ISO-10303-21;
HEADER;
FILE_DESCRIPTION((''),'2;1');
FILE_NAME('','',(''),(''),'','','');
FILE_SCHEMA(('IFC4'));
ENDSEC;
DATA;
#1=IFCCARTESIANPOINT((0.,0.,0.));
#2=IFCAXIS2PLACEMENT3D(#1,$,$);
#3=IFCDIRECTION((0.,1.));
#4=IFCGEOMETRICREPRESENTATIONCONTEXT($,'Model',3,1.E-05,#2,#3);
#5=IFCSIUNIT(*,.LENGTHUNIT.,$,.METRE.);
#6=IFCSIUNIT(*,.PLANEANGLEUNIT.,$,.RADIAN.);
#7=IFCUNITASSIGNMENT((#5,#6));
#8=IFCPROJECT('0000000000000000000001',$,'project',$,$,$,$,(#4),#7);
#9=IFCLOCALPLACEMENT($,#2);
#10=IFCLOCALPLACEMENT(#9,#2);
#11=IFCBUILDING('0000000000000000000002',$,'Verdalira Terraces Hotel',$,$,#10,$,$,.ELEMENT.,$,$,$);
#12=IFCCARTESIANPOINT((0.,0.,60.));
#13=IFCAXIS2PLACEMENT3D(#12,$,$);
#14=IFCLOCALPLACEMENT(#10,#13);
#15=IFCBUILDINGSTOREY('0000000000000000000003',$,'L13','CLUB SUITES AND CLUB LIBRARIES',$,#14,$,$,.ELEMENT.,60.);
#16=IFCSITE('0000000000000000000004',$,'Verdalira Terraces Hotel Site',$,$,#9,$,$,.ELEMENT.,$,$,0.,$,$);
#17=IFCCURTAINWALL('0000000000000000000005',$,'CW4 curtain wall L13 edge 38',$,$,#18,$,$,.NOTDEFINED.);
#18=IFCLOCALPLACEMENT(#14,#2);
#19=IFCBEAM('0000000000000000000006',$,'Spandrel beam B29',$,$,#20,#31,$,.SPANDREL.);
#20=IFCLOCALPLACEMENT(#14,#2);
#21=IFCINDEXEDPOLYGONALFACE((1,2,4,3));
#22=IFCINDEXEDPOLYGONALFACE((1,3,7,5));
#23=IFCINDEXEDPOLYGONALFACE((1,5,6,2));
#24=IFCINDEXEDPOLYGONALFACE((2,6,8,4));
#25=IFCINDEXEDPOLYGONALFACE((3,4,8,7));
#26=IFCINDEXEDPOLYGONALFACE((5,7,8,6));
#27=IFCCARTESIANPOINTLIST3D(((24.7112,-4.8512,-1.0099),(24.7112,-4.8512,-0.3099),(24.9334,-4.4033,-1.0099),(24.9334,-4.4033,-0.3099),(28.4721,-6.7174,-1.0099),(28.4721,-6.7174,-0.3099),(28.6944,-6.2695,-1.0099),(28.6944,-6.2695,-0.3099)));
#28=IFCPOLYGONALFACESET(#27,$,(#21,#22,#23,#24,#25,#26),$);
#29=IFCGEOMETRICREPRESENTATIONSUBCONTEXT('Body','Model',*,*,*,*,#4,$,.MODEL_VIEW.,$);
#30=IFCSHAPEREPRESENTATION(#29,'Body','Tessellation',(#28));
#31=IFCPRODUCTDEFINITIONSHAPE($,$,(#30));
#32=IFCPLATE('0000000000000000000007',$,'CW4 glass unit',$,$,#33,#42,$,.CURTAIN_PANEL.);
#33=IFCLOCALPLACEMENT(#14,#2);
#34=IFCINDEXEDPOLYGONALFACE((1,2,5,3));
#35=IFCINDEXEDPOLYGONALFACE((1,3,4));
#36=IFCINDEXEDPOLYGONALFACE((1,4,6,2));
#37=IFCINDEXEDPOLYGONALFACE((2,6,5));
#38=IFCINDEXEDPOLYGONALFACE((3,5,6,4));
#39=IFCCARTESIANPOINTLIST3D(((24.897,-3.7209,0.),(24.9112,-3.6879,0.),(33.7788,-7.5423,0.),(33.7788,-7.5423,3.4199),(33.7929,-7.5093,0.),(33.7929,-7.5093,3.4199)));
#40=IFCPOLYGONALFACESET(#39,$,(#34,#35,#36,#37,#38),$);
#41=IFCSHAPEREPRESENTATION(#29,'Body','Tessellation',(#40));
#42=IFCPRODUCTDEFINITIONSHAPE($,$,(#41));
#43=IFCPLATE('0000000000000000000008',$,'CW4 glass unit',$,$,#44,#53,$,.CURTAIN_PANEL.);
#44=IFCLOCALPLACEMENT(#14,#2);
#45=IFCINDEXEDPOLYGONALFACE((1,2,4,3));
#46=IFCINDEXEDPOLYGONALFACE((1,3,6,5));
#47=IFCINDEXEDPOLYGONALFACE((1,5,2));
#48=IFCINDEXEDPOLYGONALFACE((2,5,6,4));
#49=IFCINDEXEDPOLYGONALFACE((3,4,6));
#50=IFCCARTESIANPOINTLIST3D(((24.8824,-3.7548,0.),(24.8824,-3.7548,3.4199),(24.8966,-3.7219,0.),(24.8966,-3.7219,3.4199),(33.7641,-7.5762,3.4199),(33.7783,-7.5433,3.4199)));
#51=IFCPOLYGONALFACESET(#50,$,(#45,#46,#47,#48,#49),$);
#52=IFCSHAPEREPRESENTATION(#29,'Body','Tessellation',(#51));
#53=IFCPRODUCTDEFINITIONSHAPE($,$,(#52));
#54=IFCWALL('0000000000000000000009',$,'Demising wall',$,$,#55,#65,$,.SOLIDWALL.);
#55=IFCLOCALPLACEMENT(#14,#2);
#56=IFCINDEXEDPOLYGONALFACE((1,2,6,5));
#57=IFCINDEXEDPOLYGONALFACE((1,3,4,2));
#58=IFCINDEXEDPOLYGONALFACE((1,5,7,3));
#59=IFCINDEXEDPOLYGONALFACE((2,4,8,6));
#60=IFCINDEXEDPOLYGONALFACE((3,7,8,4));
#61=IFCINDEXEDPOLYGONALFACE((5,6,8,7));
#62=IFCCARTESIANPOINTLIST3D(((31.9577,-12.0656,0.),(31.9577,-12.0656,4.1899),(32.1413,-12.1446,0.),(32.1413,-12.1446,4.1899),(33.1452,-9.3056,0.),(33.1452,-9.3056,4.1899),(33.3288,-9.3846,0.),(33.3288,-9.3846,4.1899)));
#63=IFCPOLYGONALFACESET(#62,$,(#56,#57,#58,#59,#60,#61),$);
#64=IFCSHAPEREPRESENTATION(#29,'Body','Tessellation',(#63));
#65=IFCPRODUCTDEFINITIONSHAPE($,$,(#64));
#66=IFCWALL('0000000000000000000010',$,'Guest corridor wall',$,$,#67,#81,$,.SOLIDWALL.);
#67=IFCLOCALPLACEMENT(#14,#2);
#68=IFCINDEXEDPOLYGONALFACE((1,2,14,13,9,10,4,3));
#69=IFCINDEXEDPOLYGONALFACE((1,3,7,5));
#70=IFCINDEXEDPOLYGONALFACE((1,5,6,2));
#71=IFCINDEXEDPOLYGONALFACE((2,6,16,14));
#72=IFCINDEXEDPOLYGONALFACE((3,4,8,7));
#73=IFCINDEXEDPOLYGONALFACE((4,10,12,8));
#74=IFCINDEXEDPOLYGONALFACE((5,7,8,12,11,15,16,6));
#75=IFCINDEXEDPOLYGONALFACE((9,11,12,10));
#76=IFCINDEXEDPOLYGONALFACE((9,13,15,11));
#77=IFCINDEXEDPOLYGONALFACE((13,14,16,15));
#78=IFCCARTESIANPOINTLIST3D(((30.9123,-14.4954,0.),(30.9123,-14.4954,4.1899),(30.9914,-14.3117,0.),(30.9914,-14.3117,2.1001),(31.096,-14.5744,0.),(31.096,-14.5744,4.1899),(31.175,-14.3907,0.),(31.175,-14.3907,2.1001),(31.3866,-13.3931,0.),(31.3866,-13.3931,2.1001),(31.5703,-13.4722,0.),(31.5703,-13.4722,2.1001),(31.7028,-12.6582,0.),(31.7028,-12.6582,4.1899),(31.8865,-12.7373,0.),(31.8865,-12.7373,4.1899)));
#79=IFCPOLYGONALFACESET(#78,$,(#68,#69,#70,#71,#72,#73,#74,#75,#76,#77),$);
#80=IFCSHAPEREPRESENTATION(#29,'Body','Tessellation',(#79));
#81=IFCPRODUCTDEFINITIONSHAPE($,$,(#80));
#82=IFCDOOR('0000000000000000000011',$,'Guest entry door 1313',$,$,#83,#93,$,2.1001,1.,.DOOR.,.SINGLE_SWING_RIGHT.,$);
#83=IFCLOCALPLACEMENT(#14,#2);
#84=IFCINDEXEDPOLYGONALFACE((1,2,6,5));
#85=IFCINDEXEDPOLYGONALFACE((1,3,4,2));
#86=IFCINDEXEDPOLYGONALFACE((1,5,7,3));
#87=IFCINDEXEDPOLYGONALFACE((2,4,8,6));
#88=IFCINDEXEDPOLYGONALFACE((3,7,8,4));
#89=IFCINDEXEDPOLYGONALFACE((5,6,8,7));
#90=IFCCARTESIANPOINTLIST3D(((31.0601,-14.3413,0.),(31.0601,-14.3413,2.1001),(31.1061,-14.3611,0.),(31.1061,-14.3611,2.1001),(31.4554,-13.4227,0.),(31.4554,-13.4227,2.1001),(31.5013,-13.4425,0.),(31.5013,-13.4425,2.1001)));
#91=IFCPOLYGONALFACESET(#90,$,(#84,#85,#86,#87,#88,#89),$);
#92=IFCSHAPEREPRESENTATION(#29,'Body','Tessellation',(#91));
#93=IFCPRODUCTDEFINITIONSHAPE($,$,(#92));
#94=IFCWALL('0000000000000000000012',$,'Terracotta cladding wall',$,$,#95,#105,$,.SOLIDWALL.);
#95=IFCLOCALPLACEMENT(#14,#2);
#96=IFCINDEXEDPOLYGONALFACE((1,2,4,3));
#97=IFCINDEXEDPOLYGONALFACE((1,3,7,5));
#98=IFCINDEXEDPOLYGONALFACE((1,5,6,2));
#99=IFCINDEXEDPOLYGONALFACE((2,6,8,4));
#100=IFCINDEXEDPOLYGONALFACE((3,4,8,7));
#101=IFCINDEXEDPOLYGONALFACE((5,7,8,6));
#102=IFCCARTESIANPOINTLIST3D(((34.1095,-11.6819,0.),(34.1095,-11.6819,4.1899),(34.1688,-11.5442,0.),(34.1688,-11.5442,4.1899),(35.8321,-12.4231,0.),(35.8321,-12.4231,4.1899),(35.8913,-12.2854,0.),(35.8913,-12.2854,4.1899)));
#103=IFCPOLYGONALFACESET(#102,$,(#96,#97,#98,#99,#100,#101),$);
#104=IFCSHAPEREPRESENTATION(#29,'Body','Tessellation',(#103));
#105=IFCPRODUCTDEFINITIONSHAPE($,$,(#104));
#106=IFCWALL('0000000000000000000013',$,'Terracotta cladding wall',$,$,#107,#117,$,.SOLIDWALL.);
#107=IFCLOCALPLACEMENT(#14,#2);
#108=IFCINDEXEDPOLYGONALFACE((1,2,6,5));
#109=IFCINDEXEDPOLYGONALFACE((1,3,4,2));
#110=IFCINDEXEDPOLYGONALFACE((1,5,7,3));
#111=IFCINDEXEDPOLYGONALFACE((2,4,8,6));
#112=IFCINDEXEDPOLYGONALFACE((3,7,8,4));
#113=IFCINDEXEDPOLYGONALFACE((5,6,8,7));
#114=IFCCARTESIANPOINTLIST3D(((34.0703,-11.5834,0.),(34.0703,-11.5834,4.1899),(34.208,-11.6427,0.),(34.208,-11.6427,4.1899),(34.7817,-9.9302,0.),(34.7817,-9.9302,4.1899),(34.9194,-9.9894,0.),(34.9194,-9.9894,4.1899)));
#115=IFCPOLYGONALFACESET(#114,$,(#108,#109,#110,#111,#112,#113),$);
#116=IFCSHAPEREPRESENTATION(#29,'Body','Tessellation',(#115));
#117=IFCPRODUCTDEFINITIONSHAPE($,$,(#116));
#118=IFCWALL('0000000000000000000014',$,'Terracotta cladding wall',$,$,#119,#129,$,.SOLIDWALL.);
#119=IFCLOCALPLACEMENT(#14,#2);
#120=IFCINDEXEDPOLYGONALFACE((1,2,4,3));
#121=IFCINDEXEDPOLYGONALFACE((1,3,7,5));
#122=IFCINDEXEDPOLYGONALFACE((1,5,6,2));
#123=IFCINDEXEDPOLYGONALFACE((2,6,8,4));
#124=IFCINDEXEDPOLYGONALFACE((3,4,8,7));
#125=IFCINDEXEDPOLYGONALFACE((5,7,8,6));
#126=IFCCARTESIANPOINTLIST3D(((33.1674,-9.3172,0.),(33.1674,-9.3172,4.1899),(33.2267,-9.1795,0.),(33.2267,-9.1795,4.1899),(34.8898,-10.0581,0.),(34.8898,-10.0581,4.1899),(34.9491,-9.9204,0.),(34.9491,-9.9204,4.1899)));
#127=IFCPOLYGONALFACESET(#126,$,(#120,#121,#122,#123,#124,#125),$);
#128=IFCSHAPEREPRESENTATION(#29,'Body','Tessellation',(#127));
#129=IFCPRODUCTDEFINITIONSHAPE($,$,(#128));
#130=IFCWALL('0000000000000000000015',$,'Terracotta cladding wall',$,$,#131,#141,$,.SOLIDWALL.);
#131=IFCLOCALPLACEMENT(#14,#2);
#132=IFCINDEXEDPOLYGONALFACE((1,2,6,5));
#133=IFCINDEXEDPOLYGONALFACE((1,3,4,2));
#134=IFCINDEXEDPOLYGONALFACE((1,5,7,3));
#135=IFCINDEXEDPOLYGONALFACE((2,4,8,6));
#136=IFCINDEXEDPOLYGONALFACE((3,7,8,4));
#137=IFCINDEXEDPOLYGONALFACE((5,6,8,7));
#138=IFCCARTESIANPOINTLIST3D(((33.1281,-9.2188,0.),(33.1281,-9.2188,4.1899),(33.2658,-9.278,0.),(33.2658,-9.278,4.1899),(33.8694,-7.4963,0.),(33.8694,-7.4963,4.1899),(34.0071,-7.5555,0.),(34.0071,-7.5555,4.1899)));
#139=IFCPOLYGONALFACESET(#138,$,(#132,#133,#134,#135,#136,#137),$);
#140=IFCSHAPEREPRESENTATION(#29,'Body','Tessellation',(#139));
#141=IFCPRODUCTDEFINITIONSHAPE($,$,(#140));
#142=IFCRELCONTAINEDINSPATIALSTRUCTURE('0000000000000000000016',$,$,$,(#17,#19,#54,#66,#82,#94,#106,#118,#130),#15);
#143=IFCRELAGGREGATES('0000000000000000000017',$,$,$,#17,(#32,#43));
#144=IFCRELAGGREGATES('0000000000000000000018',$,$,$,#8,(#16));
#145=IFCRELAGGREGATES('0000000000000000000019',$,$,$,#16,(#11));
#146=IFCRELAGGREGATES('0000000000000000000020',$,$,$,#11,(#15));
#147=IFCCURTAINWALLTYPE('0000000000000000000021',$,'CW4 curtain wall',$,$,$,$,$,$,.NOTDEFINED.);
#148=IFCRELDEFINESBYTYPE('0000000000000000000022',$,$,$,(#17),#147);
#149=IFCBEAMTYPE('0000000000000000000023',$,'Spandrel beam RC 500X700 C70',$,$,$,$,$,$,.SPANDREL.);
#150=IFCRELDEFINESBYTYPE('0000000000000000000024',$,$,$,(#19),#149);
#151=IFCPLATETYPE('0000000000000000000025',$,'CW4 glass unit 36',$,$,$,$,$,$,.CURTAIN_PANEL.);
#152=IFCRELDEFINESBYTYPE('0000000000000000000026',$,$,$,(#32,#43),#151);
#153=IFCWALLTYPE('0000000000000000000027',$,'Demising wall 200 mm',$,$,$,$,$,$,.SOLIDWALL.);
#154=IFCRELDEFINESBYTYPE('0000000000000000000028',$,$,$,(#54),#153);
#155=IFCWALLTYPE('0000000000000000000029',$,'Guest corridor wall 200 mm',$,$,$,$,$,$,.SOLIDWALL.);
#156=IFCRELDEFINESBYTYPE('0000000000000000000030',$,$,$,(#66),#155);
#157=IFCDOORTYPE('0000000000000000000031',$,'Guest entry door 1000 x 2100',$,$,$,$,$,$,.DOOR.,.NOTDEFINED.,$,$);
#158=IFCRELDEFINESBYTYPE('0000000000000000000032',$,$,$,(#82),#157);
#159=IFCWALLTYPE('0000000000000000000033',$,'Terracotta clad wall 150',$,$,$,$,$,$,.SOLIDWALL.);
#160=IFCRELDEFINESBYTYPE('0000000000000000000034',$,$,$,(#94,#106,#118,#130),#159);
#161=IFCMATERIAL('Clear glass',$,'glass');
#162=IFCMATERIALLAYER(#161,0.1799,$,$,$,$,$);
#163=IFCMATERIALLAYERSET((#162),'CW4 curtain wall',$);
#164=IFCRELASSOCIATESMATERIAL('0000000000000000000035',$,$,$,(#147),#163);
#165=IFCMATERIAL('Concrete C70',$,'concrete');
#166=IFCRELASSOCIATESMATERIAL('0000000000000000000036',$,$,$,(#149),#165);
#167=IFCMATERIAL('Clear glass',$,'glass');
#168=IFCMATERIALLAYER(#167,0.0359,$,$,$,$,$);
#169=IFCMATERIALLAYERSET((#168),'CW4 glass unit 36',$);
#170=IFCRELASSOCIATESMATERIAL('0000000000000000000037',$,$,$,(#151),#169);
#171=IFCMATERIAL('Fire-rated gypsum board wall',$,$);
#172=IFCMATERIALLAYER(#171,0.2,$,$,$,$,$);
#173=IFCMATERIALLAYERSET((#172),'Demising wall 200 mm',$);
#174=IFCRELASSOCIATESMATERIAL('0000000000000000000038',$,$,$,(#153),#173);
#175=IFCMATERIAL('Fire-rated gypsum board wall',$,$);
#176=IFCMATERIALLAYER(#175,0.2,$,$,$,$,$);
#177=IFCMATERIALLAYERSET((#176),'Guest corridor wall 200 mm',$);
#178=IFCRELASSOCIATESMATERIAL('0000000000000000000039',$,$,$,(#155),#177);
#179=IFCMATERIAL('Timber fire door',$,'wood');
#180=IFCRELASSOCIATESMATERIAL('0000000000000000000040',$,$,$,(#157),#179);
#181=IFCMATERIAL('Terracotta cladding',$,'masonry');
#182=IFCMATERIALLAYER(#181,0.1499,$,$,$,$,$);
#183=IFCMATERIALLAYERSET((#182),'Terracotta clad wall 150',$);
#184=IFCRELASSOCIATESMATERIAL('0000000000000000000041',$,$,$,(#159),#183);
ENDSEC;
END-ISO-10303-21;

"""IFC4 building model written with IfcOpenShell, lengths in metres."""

from ifc_helpers import new_model, si_unit, direction, frame, frame_2d, origin, origin_2d, place, context, subcontext, project, spatial, polyline, rectangle, outline, extrude, material, layer, layer_set, material_profile, profile_set, type_object, element, fill, aggregate, save


model = new_model("IFC4")

# Units and contexts
model_context = context("Model", 3, precision=1e-05, world=origin(), true_north=direction((0.0, 1.0)))
body_context = subcontext(model_context, "Body", "Model", "MODEL_VIEW")
ifc_project = project(units=[si_unit("LENGTHUNIT", "METRE"), si_unit("PLANEANGLEUNIT", "RADIAN")], contexts=[model_context])

# Site, building, storey
site_placement = place(None, origin())
site = spatial("IfcSite", under=ifc_project, at=site_placement, Name="Verdalira Terraces Hotel Site", CompositionType="ELEMENT", RefElevation=0.0)
building_placement = place(site_placement, origin())
building = spatial("IfcBuilding", under=site, at=building_placement, Name="Verdalira Terraces Hotel", CompositionType="ELEMENT")
storey_placement = place(building_placement, frame((0.0, 0.0, 60.0)))
storey = spatial("IfcBuildingStorey", under=building, at=storey_placement, Name="L13", Description="CLUB SUITES AND CLUB LIBRARIES", CompositionType="ELEMENT", Elevation=60.0)

# Shared definitions
ifc_material_1 = material(Name="Clear glass", Category="glass")
ifc_layer_1 = layer(ifc_material_1, 0.1799)
ifc_layer_set_1 = layer_set([ifc_layer_1], Name="CW4 curtain wall")
curtain_wall_type = type_object("IfcCurtainWallType", Name="CW4 curtain wall", PredefinedType="NOTDEFINED", material=ifc_layer_set_1)

# Curtain wall
curtain_wall_1_placement = place(storey_placement, origin())
curtain_wall_1 = element("IfcCurtainWall", 1, at=curtain_wall_1_placement, inside=storey, type_object=curtain_wall_type, Name="CW4 curtain wall L13 edge 38", PredefinedType="NOTDEFINED")

# Beam
ifc_material_2 = material(Name="Concrete C70", Category="concrete")
ifc_material_profile_1 = material_profile(ifc_material_2, rectangle(XDim=0.5, YDim=0.7, at=origin_2d()), Name="RC 500X700")
ifc_profile_set_1 = profile_set([ifc_material_profile_1], Name="Concrete C70")
beam_type = type_object("IfcBeamType", Name="Spandrel beam RC 500X700 C70", PredefinedType="SPANDREL", material=ifc_profile_set_1)
beam_1_placement = place(storey_placement, frame((28.5833, -6.4934, -0.6599), z_axis=(-0.895784, 0.44449, 0.0), x_axis=(-0.44449, -0.895784, 0.0)))
element("IfcBeam", 2, at=beam_1_placement, inside=storey, type_object=beam_type, Name="Spandrel beam B29", PredefinedType="SPANDREL", context=body_context, shape_type="SweptSolid", body=[
    extrude(rectangle(XDim=0.5, YDim=0.7, at=origin_2d()), origin(), (0.0, 0.0, 1.0), 4.1985),
])

# Plates
ifc_material_3 = material(Name="Clear glass", Category="glass")
ifc_layer_2 = layer(ifc_material_3, 0.0359)
ifc_layer_set_2 = layer_set([ifc_layer_2], Name="CW4 glass unit 36")
plate_type = type_object("IfcPlateType", Name="CW4 glass unit 36", PredefinedType="CURTAIN_PANEL", material=ifc_layer_set_2)
plate_1_placement = place(storey_placement, frame((29.3379, -5.6316, 1.71), z_axis=(0.395225, 0.918584, 0.0), x_axis=(-0.918584, 0.395225, 0.0)))
plate_1 = element("IfcPlate", 3, at=plate_1_placement, type_object=plate_type, Name="CW4 glass unit", PredefinedType="CURTAIN_PANEL", context=body_context, shape_type="SweptSolid", body=[
    extrude(outline(polyline([(-4.8345, -1.71), (4.8345, -1.71), (-4.8345, 1.71), (-4.8345, -1.71)])), origin(), (0.0, 0.0, 1.0), 0.0359),
])
plate_2_placement = place(storey_placement, frame((29.3232, -5.6655, 1.71), z_axis=(0.395225, 0.918584, 0.0), x_axis=(-0.918584, 0.395225, 0.0)))
plate_2 = element("IfcPlate", 4, at=plate_2_placement, type_object=plate_type, Name="CW4 glass unit", PredefinedType="CURTAIN_PANEL", context=body_context, shape_type="SweptSolid", body=[
    extrude(outline(polyline([(4.8345, -1.71), (4.8345, 1.71), (-4.8345, 1.71), (4.8345, -1.71)])), origin(), (0.0, 0.0, 1.0), 0.0359),
])
aggregate(curtain_wall_1, [plate_1, plate_2])

# Wall
ifc_material_4 = material(Name="Fire-rated gypsum board wall")
ifc_layer_3 = layer(ifc_material_4, 0.2)
ifc_layer_set_3 = layer_set([ifc_layer_3], Name="Demising wall 200 mm")
wall_type_1 = type_object("IfcWallType", Name="Demising wall 200 mm", PredefinedType="SOLIDWALL", material=ifc_layer_set_3)
wall_1_placement = place(storey_placement, frame((33.2371, -9.345, 0.0), z_axis=(0.0, 0.0, 1.0), x_axis=(-0.395223, -0.918585, 0.0)))
element("IfcWall", 5, at=wall_1_placement, inside=storey, type_object=wall_type_1, Name="Demising wall", PredefinedType="SOLIDWALL", context=body_context, shape_type="SweptSolid", body=[
    extrude(rectangle(XDim=3.0046, YDim=0.2, at=frame_2d((1.5024, 0.0))), origin(), (0.0, 0.0, 1.0), 4.1899),
])

# Wall, opening, door
ifc_material_5 = material(Name="Fire-rated gypsum board wall")
ifc_layer_4 = layer(ifc_material_5, 0.2)
ifc_layer_set_4 = layer_set([ifc_layer_4], Name="Guest corridor wall 200 mm")
wall_type_2 = type_object("IfcWallType", Name="Guest corridor wall 200 mm", PredefinedType="SOLIDWALL", material=ifc_layer_set_4)
wall_2_placement = place(storey_placement, frame((31.7947, -12.6978, 0.0), z_axis=(0.0, 0.0, 1.0), x_axis=(-0.39526, -0.918569, 0.0)))
wall_2 = element("IfcWall", 6, at=wall_2_placement, inside=storey, type_object=wall_type_2, Name="Guest corridor wall", PredefinedType="SOLIDWALL", context=body_context, shape_type="SweptSolid", body=[
    extrude(rectangle(XDim=2.0, YDim=0.2, at=frame_2d((1.0, 0.0))), origin(), (0.0, 0.0, 1.0), 4.1899),
])
opening_placement = place(wall_2_placement, frame((0.8, 0.0, 0.0)))
opening = element("IfcOpeningElement", 7, at=opening_placement, cuts=wall_2, PredefinedType="OPENING", context=body_context, shape_type="SweptSolid", body=[
    extrude(rectangle(XDim=1.0, YDim=2.1001, at=frame_2d((0.5, 1.05))), frame((0.0, 0.1099, 0.0), z_axis=(0.0, -1.0, 0.0), x_axis=(1.0, 0.0, 0.0)), (0.0, 0.0, 1.0), 0.22),
])
ifc_material_6 = material(Name="Timber fire door", Category="wood")
door_type = type_object("IfcDoorType", Name="Guest entry door 1000 x 2100", OperationType="NOTDEFINED", PredefinedType="DOOR", material=ifc_material_6)
door_placement = place(opening_placement, origin())
door = element("IfcDoor", 8, at=door_placement, inside=storey, type_object=door_type, Name="Guest entry door 1313", OperationType="SINGLE_SWING_RIGHT", OverallHeight=2.1001, OverallWidth=1.0, PredefinedType="DOOR", context=body_context, shape_type="SweptSolid", body=[
    extrude(rectangle(XDim=1.0, YDim=2.1001, at=frame_2d((0.5, 1.05))), frame((0.0, 0.0249, 0.0), z_axis=(0.0, -1.0, 0.0), x_axis=(1.0, 0.0, 0.0)), (0.0, 0.0, 1.0), 0.05),
])
fill(opening, door)

# Walls
ifc_material_7 = material(Name="Terracotta cladding", Category="masonry")
ifc_layer_5 = layer(ifc_material_7, 0.1499)
ifc_layer_set_5 = layer_set([ifc_layer_5], Name="Terracotta clad wall 150")
wall_type_3 = type_object("IfcWallType", Name="Terracotta clad wall 150", PredefinedType="SOLIDWALL", material=ifc_layer_set_5)
wall_3_placement = place(storey_placement, frame((35.8616, -12.3542, 0.0), z_axis=(0.0, 0.0, 1.0), x_axis=(-0.918558, 0.395286, 0.0)))
element("IfcWall", 9, at=wall_3_placement, inside=storey, type_object=wall_type_3, Name="Terracotta cladding wall", PredefinedType="SOLIDWALL", context=body_context, shape_type="SweptSolid", body=[
    extrude(rectangle(XDim=1.8752, YDim=0.1499, at=frame_2d((0.9375, 0.0))), origin(), (0.0, 0.0, 1.0), 4.1899),
])
wall_4_placement = place(storey_placement, frame((34.1392, -11.613, 0.0), z_axis=(0.0, 0.0, 1.0), x_axis=(0.395261, 0.918569, 0.0)))
element("IfcWall", 10, at=wall_4_placement, inside=storey, type_object=wall_type_3, Name="Terracotta cladding wall", PredefinedType="SOLIDWALL", context=body_context, shape_type="SweptSolid", body=[
    extrude(rectangle(XDim=1.7998, YDim=0.1499, at=frame_2d((0.8999, 0.0))), origin(), (0.0, 0.0, 1.0), 4.1899),
])
wall_5_placement = place(storey_placement, frame((34.9194, -9.9893, 0.0), z_axis=(0.0, 0.0, 1.0), x_axis=(-0.918605, 0.395176, 0.0)))
element("IfcWall", 11, at=wall_5_placement, inside=storey, type_object=wall_type_3, Name="Terracotta cladding wall", PredefinedType="SOLIDWALL", context=body_context, shape_type="SweptSolid", body=[
    extrude(rectangle(XDim=1.875, YDim=0.1499, at=frame_2d((0.9375, 0.0))), origin(), (0.0, 0.0, 1.0), 4.1899),
])
wall_6_placement = place(storey_placement, frame((33.197, -9.2483, 0.0), z_axis=(0.0, 0.0, 1.0), x_axis=(0.395286, 0.918558, 0.0)))
element("IfcWall", 12, at=wall_6_placement, inside=storey, type_object=wall_type_3, Name="Terracotta cladding wall", PredefinedType="SOLIDWALL", context=body_context, shape_type="SweptSolid", body=[
    extrude(rectangle(XDim=1.8752, YDim=0.1499, at=frame_2d((0.9375, 0.0))), origin(), (0.0, 0.0, 1.0), 4.1899),
])

save(model, "model.ifc")
